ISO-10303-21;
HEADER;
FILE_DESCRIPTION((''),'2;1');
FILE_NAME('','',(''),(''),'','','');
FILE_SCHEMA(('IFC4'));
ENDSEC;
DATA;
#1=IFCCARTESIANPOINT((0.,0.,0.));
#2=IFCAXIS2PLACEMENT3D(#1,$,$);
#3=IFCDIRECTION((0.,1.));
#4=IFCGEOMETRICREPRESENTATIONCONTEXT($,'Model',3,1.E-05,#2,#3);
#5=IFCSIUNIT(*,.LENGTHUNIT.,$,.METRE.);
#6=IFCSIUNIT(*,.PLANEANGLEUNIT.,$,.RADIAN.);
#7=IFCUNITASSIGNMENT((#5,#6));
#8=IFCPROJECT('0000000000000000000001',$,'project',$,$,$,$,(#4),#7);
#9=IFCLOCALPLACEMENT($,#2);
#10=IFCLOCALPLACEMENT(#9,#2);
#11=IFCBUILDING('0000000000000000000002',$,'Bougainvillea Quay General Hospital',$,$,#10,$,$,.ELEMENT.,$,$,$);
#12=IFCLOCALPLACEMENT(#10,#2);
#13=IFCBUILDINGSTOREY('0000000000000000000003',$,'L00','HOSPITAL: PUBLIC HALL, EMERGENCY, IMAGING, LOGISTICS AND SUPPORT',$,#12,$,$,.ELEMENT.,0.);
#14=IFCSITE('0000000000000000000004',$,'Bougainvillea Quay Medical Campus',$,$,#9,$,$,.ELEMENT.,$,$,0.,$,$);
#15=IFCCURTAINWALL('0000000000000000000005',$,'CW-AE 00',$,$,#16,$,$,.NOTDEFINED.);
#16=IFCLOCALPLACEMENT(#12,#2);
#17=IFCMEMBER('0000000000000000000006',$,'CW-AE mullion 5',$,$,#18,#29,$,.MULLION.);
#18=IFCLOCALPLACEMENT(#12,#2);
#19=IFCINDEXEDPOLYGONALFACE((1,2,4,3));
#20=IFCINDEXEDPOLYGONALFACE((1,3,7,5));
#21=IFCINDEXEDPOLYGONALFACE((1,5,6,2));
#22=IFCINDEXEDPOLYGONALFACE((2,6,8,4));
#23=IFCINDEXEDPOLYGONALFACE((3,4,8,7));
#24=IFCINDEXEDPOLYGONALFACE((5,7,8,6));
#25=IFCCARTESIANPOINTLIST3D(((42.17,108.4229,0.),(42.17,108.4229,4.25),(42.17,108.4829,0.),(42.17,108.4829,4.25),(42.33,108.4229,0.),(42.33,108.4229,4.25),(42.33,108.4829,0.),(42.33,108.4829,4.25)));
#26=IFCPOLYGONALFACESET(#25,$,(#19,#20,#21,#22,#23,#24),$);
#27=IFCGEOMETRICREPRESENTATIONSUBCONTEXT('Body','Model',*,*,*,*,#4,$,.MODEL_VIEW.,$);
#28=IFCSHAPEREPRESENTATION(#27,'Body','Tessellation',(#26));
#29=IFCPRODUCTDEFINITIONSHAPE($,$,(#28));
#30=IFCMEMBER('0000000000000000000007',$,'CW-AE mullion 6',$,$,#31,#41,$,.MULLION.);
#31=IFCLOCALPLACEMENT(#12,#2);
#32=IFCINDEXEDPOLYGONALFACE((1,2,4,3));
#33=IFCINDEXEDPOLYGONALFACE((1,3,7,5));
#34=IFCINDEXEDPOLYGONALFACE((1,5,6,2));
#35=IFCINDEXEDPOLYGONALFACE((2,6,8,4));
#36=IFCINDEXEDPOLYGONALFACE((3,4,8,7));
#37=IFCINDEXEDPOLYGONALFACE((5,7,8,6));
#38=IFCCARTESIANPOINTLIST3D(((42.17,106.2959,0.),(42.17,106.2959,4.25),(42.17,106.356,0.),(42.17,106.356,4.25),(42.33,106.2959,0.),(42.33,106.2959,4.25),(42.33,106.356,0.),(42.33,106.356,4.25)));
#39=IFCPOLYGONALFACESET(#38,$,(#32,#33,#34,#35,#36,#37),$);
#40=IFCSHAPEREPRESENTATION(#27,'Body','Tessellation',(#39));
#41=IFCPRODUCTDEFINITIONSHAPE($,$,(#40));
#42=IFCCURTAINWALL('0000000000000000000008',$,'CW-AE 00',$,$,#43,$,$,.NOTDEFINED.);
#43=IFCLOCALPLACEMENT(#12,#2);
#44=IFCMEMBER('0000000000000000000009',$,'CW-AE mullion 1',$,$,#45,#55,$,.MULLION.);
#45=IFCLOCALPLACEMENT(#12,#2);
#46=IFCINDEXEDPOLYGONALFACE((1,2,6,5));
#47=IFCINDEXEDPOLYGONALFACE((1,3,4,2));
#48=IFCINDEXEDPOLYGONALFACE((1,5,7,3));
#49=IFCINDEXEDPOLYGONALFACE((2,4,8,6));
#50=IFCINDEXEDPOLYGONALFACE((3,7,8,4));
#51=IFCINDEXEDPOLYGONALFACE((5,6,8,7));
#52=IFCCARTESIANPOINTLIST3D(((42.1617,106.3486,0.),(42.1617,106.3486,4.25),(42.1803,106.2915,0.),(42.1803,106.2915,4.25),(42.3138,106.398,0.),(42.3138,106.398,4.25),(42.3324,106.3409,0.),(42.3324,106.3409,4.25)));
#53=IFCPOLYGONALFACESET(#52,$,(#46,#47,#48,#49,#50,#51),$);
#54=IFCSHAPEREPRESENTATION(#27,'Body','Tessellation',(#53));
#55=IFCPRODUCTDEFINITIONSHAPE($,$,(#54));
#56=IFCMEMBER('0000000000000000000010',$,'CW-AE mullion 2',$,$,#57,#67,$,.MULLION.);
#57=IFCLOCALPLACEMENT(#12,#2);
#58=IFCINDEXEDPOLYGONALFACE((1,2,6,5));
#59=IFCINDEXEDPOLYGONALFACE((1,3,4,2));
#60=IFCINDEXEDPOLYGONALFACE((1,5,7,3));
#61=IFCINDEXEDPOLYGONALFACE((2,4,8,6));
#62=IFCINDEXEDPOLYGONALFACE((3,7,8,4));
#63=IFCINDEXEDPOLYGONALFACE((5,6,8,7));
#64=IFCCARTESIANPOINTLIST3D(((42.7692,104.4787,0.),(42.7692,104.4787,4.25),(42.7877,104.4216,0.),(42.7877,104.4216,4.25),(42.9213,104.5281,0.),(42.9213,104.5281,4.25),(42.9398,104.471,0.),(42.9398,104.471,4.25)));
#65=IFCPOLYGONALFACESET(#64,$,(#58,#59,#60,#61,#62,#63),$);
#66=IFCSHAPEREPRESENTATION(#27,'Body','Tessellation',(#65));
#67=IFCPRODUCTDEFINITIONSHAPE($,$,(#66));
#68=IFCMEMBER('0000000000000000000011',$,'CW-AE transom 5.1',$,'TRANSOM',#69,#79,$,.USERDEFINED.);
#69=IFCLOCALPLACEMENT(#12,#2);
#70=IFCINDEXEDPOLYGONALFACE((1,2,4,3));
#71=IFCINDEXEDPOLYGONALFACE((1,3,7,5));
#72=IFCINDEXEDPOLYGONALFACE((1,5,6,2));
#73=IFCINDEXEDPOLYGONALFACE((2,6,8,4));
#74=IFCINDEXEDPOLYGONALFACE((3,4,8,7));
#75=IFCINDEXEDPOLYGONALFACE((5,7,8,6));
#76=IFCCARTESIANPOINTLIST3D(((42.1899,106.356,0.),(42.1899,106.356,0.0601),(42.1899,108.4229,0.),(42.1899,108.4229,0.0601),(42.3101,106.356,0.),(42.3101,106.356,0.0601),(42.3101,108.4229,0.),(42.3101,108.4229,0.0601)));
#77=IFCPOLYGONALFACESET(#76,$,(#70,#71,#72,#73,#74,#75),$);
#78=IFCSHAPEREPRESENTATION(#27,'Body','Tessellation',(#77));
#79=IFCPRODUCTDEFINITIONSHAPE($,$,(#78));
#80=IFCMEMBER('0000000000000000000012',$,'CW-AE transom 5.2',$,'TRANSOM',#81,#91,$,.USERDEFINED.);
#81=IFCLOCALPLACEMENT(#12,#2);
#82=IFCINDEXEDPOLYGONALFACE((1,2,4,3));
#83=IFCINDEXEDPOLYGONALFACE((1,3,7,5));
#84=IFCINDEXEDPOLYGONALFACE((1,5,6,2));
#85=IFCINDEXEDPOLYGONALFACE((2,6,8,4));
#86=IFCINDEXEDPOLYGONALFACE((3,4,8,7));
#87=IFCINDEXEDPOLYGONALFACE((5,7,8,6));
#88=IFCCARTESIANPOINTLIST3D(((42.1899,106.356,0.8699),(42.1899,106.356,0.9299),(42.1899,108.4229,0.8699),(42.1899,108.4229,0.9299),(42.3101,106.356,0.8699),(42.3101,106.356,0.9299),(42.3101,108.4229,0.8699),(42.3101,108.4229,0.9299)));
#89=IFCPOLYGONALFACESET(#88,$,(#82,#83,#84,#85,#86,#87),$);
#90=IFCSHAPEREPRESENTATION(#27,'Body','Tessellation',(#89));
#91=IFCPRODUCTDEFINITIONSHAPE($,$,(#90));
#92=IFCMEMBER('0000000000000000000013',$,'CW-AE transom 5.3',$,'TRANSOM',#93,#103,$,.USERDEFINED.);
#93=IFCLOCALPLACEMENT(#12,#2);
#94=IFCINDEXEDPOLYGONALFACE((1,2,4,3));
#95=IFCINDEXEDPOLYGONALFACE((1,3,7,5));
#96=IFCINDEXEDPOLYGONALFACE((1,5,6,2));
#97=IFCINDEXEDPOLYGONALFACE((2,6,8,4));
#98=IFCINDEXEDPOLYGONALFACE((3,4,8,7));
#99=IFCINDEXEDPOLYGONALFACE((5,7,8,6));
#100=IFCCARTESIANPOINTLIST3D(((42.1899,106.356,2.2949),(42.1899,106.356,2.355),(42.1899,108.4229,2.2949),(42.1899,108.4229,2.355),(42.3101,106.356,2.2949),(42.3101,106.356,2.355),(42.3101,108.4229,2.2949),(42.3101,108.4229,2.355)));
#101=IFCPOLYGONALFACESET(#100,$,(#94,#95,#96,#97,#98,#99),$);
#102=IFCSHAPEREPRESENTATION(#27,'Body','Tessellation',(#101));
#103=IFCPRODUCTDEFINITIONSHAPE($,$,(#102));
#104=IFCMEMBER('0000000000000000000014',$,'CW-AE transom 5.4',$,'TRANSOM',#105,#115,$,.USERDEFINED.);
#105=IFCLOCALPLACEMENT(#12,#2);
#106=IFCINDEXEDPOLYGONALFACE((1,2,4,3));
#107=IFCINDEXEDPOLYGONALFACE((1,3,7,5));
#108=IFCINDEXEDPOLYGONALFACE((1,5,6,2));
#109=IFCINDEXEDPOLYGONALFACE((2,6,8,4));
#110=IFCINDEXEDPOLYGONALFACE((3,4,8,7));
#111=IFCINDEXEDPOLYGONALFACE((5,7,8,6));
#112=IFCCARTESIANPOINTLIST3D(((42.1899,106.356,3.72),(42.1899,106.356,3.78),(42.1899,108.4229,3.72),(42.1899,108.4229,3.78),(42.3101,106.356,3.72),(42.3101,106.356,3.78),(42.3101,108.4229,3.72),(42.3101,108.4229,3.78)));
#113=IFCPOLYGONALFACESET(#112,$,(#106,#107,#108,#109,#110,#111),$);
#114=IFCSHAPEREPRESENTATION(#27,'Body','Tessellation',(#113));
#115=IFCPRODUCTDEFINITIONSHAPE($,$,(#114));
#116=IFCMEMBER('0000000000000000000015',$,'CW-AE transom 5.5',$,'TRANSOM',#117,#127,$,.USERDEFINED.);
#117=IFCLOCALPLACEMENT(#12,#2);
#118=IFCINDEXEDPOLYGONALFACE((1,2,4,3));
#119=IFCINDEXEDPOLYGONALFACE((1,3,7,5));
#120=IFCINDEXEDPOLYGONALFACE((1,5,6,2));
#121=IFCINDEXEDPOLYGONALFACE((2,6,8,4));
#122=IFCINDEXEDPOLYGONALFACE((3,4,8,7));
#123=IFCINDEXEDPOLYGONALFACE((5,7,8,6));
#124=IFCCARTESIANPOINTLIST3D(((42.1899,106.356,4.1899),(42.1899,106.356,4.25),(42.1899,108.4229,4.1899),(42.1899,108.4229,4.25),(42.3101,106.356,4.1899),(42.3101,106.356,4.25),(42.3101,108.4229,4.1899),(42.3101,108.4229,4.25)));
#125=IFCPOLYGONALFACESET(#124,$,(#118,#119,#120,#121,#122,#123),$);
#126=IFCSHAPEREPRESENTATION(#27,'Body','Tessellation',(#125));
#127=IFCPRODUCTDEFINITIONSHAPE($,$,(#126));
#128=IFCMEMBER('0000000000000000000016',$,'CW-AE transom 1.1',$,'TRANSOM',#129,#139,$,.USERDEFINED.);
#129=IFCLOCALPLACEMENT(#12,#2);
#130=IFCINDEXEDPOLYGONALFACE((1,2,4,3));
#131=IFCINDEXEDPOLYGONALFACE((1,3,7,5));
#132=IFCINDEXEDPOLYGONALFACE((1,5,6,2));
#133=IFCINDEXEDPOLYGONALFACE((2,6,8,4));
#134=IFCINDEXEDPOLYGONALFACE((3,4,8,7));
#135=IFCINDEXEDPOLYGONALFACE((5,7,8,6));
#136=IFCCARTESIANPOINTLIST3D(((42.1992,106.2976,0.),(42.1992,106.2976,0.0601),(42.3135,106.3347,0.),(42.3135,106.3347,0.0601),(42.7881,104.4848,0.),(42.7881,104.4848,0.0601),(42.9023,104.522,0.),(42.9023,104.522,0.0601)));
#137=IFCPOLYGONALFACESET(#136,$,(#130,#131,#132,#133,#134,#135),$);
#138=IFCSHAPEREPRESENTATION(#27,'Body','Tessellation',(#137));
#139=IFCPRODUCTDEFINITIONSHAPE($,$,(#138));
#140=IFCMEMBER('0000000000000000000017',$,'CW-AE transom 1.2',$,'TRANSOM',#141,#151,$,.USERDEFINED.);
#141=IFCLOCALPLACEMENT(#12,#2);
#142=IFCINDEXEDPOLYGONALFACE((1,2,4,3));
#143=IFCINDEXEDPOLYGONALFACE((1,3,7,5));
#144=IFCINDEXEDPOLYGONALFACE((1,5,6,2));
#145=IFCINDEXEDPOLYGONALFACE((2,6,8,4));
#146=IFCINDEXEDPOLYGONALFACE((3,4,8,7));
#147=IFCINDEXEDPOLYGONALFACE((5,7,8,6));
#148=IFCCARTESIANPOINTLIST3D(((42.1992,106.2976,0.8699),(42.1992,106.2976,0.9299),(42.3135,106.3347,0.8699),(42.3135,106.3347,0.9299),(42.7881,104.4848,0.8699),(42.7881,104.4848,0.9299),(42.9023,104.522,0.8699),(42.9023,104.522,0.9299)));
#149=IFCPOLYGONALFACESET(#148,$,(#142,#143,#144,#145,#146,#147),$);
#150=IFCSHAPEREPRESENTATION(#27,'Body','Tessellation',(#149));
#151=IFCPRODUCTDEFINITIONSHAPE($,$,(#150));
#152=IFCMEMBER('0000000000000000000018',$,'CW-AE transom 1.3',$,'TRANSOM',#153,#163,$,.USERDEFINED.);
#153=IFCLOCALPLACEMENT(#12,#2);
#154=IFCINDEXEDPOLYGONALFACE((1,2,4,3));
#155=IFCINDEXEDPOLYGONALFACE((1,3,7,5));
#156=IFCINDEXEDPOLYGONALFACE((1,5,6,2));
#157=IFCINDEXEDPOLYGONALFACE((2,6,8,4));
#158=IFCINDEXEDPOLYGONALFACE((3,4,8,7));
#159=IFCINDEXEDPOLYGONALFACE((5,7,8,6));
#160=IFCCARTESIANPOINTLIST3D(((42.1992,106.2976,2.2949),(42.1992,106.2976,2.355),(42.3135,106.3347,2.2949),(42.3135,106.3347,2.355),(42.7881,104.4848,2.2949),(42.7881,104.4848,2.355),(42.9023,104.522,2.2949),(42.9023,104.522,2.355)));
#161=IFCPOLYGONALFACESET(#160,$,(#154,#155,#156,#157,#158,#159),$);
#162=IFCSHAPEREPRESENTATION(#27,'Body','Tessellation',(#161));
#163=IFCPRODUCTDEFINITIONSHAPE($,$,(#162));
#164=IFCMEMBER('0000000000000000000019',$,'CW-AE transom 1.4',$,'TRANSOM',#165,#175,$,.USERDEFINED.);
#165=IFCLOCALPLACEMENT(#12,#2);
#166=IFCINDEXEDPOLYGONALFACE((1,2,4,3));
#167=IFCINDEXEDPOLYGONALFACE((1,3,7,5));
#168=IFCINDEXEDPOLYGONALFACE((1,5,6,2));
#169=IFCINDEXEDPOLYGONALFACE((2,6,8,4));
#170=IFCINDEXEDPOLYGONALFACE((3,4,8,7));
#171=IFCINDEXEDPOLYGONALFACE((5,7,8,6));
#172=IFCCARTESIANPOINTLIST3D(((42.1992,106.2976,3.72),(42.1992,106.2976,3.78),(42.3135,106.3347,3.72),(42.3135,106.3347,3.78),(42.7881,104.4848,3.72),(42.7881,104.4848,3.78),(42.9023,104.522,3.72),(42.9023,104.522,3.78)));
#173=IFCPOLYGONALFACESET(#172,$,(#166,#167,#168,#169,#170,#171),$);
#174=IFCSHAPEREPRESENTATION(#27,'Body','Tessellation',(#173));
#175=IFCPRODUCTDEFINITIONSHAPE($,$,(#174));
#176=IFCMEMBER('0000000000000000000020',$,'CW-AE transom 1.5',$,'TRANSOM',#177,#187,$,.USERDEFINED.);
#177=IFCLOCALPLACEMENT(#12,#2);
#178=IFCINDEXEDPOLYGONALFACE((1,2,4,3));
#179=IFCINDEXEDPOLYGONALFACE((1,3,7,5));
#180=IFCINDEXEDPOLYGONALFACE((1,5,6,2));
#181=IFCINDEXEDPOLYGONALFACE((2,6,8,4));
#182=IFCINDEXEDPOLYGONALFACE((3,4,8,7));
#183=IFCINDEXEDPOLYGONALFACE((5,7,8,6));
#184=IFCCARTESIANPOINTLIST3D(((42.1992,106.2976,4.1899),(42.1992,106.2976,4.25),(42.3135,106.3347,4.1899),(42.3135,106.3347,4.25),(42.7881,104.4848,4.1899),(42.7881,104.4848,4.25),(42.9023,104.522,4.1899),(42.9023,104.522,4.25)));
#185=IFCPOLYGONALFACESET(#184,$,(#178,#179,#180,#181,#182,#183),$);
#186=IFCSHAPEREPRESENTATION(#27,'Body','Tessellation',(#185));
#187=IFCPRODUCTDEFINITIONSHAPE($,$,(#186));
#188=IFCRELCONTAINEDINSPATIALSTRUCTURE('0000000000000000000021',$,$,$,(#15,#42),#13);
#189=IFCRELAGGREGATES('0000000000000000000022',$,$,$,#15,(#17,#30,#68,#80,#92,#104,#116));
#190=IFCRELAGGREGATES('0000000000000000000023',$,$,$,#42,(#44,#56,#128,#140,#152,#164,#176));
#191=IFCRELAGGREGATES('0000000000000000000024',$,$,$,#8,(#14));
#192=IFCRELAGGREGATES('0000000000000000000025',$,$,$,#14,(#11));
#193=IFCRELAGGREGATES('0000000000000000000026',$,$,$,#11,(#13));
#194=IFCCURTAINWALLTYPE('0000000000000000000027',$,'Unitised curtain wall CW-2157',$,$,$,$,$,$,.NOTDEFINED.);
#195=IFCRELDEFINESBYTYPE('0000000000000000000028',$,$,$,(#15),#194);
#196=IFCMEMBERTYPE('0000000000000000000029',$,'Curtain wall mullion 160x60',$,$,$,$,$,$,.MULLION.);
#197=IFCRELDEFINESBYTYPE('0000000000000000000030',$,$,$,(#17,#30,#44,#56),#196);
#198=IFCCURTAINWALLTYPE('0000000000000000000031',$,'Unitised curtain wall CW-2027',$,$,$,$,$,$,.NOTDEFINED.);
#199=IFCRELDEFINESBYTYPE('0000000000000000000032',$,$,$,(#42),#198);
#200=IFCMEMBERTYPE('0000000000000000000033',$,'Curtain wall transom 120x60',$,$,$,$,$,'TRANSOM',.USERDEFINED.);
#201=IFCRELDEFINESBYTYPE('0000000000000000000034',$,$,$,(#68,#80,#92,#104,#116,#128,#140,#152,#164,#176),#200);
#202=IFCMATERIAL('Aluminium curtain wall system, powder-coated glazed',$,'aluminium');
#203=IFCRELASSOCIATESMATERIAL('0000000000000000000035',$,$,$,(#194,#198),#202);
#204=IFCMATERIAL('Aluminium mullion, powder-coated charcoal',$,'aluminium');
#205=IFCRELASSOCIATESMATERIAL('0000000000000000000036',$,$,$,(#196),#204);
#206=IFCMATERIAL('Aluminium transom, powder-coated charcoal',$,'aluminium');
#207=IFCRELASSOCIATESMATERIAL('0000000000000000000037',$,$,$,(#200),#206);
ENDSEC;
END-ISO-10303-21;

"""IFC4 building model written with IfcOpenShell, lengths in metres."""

from ifc_helpers import new_model, si_unit, direction, frame, origin, origin_2d, place, context, subcontext, project, spatial, rectangle, extrude, material, material_profile, profile_set, type_object, element, aggregate, save


model = new_model("IFC4")

# Units and contexts
model_context = context("Model", 3, precision=1e-05, world=origin(), true_north=direction((0.0, 1.0)))
body_context = subcontext(model_context, "Body", "Model", "MODEL_VIEW")
ifc_project = project(units=[si_unit("LENGTHUNIT", "METRE"), si_unit("PLANEANGLEUNIT", "RADIAN")], contexts=[model_context])

# Site, building, storey
site_placement = place(None, origin())
site = spatial("IfcSite", under=ifc_project, at=site_placement, Name="Bougainvillea Quay Medical Campus", CompositionType="ELEMENT", RefElevation=0.0)
building_placement = place(site_placement, origin())
building = spatial("IfcBuilding", under=site, at=building_placement, Name="Bougainvillea Quay General Hospital", CompositionType="ELEMENT")
storey_placement = place(building_placement, origin())
storey = spatial("IfcBuildingStorey", under=building, at=storey_placement, Name="L00", Description="HOSPITAL: PUBLIC HALL, EMERGENCY, IMAGING, LOGISTICS AND SUPPORT", CompositionType="ELEMENT", Elevation=0.0)

# Curtain walls, members
ifc_material_1 = material(Name="Aluminium curtain wall system, powder-coated glazed", Category="aluminium")
curtain_wall_type_1 = type_object("IfcCurtainWallType", Name="Unitised curtain wall CW-2157", PredefinedType="NOTDEFINED", material=ifc_material_1)
curtain_wall_1_placement = place(storey_placement, origin())
curtain_wall_1 = element("IfcCurtainWall", 1, at=curtain_wall_1_placement, inside=storey, type_object=curtain_wall_type_1, Name="CW-AE 00", PredefinedType="NOTDEFINED")
ifc_material_2 = material(Name="Aluminium mullion, powder-coated charcoal", Category="aluminium")
ifc_material_profile_1 = material_profile(ifc_material_2, rectangle(XDim=0.1599, YDim=0.0601, at=origin_2d()))
ifc_profile_set_1 = profile_set([ifc_material_profile_1], Name="Aluminium mullion, powder-coated charcoal")
member_type_1 = type_object("IfcMemberType", Name="Curtain wall mullion 160x60", PredefinedType="MULLION", material=ifc_profile_set_1)
member_1_placement = place(storey_placement, frame((42.25, 108.4529, 0.0), z_axis=(0.0, 0.0, 1.0), x_axis=(1.0, 0.0, 0.0)))
member_1 = element("IfcMember", 2, at=member_1_placement, type_object=member_type_1, Name="CW-AE mullion 5", PredefinedType="MULLION", context=body_context, shape_type="SweptSolid", body=[
    extrude(rectangle(XDim=0.1599, YDim=0.0601, at=origin_2d()), origin(), (0.0, 0.0, 1.0), 4.25),
])
member_2_placement = place(storey_placement, frame((42.25, 106.3259, 0.0), z_axis=(0.0, 0.0, 1.0), x_axis=(1.0, 0.0, 0.0)))
member_2 = element("IfcMember", 3, at=member_2_placement, type_object=member_type_1, Name="CW-AE mullion 6", PredefinedType="MULLION", context=body_context, shape_type="SweptSolid", body=[
    extrude(rectangle(XDim=0.1599, YDim=0.0601, at=origin_2d()), origin(), (0.0, 0.0, 1.0), 4.25),
])
curtain_wall_type_2 = type_object("IfcCurtainWallType", Name="Unitised curtain wall CW-2027", PredefinedType="NOTDEFINED", material=ifc_material_1)
curtain_wall_2_placement = place(storey_placement, origin())
curtain_wall_2 = element("IfcCurtainWall", 4, at=curtain_wall_2_placement, inside=storey, type_object=curtain_wall_type_2, Name="CW-AE 00", PredefinedType="NOTDEFINED")
member_3_placement = place(storey_placement, frame((42.2471, 106.3447, 0.0), z_axis=(0.0, 0.0, 1.0), x_axis=(0.951074, 0.308963, 0.0)))
member_3 = element("IfcMember", 5, at=member_3_placement, type_object=member_type_1, Name="CW-AE mullion 1", PredefinedType="MULLION", context=body_context, shape_type="SweptSolid", body=[
    extrude(rectangle(XDim=0.1599, YDim=0.0601, at=origin_2d()), origin(), (0.0, 0.0, 1.0), 4.25),
])
member_4_placement = place(storey_placement, frame((42.8545, 104.4749, 0.0), z_axis=(0.0, 0.0, 1.0), x_axis=(0.951074, 0.308963, 0.0)))
member_4 = element("IfcMember", 6, at=member_4_placement, type_object=member_type_1, Name="CW-AE mullion 2", PredefinedType="MULLION", context=body_context, shape_type="SweptSolid", body=[
    extrude(rectangle(XDim=0.1599, YDim=0.0601, at=origin_2d()), origin(), (0.0, 0.0, 1.0), 4.25),
])

# Members
ifc_material_3 = material(Name="Aluminium transom, powder-coated charcoal", Category="aluminium")
ifc_material_profile_2 = material_profile(ifc_material_3, rectangle(XDim=0.1201, YDim=0.0601, at=origin_2d()))
ifc_profile_set_2 = profile_set([ifc_material_profile_2], Name="Aluminium transom, powder-coated charcoal")
member_type_2 = type_object("IfcMemberType", Name="Curtain wall transom 120x60", ElementType="TRANSOM", PredefinedType="USERDEFINED", material=ifc_profile_set_2)
member_5_placement = place(storey_placement, frame((42.25, 108.4229, 0.03), z_axis=(0.0, -1.0, 0.0), x_axis=(1.0, 0.0, 0.0)))
member_5 = element("IfcMember", 7, at=member_5_placement, type_object=member_type_2, Name="CW-AE transom 5.1", ObjectType="TRANSOM", PredefinedType="USERDEFINED", context=body_context, shape_type="SweptSolid", body=[
    extrude(rectangle(XDim=0.1201, YDim=0.0601, at=origin_2d()), origin(), (0.0, 0.0, 1.0), 2.0669),
])
member_6_placement = place(storey_placement, frame((42.25, 108.4229, 0.8999), z_axis=(0.0, -1.0, 0.0), x_axis=(1.0, 0.0, 0.0)))
member_6 = element("IfcMember", 8, at=member_6_placement, type_object=member_type_2, Name="CW-AE transom 5.2", ObjectType="TRANSOM", PredefinedType="USERDEFINED", context=body_context, shape_type="SweptSolid", body=[
    extrude(rectangle(XDim=0.1201, YDim=0.0601, at=origin_2d()), origin(), (0.0, 0.0, 1.0), 2.0669),
])
member_7_placement = place(storey_placement, frame((42.25, 108.4229, 2.325), z_axis=(0.0, -1.0, 0.0), x_axis=(1.0, 0.0, 0.0)))
member_7 = element("IfcMember", 9, at=member_7_placement, type_object=member_type_2, Name="CW-AE transom 5.3", ObjectType="TRANSOM", PredefinedType="USERDEFINED", context=body_context, shape_type="SweptSolid", body=[
    extrude(rectangle(XDim=0.1201, YDim=0.0601, at=origin_2d()), origin(), (0.0, 0.0, 1.0), 2.0669),
])
member_8_placement = place(storey_placement, frame((42.25, 108.4229, 3.75), z_axis=(0.0, -1.0, 0.0), x_axis=(1.0, 0.0, 0.0)))
member_8 = element("IfcMember", 10, at=member_8_placement, type_object=member_type_2, Name="CW-AE transom 5.4", ObjectType="TRANSOM", PredefinedType="USERDEFINED", context=body_context, shape_type="SweptSolid", body=[
    extrude(rectangle(XDim=0.1201, YDim=0.0601, at=origin_2d()), origin(), (0.0, 0.0, 1.0), 2.0669),
])
member_9_placement = place(storey_placement, frame((42.25, 108.4229, 4.22), z_axis=(0.0, -1.0, 0.0), x_axis=(1.0, 0.0, 0.0)))
member_9 = element("IfcMember", 11, at=member_9_placement, type_object=member_type_2, Name="CW-AE transom 5.5", ObjectType="TRANSOM", PredefinedType="USERDEFINED", context=body_context, shape_type="SweptSolid", body=[
    extrude(rectangle(XDim=0.1201, YDim=0.0601, at=origin_2d()), origin(), (0.0, 0.0, 1.0), 2.0669),
])
member_10_placement = place(storey_placement, frame((42.2563, 106.3162, 0.03), z_axis=(0.308956, -0.951076, 0.0), x_axis=(0.951076, 0.308956, 0.0)))
member_10 = element("IfcMember", 12, at=member_10_placement, type_object=member_type_2, Name="CW-AE transom 1.1", ObjectType="TRANSOM", PredefinedType="USERDEFINED", context=body_context, shape_type="SweptSolid", body=[
    extrude(rectangle(XDim=0.1201, YDim=0.0601, at=origin_2d()), origin(), (0.0, 0.0, 1.0), 1.906),
])
member_11_placement = place(storey_placement, frame((42.2563, 106.3162, 0.8999), z_axis=(0.308956, -0.951076, 0.0), x_axis=(0.951076, 0.308956, 0.0)))
member_11 = element("IfcMember", 13, at=member_11_placement, type_object=member_type_2, Name="CW-AE transom 1.2", ObjectType="TRANSOM", PredefinedType="USERDEFINED", context=body_context, shape_type="SweptSolid", body=[
    extrude(rectangle(XDim=0.1201, YDim=0.0601, at=origin_2d()), origin(), (0.0, 0.0, 1.0), 1.906),
])
member_12_placement = place(storey_placement, frame((42.2563, 106.3162, 2.325), z_axis=(0.308956, -0.951076, 0.0), x_axis=(0.951076, 0.308956, 0.0)))
member_12 = element("IfcMember", 14, at=member_12_placement, type_object=member_type_2, Name="CW-AE transom 1.3", ObjectType="TRANSOM", PredefinedType="USERDEFINED", context=body_context, shape_type="SweptSolid", body=[
    extrude(rectangle(XDim=0.1201, YDim=0.0601, at=origin_2d()), origin(), (0.0, 0.0, 1.0), 1.906),
])
member_13_placement = place(storey_placement, frame((42.2563, 106.3162, 3.75), z_axis=(0.308956, -0.951076, 0.0), x_axis=(0.951076, 0.308956, 0.0)))
member_13 = element("IfcMember", 15, at=member_13_placement, type_object=member_type_2, Name="CW-AE transom 1.4", ObjectType="TRANSOM", PredefinedType="USERDEFINED", context=body_context, shape_type="SweptSolid", body=[
    extrude(rectangle(XDim=0.1201, YDim=0.0601, at=origin_2d()), origin(), (0.0, 0.0, 1.0), 1.906),
])
member_14_placement = place(storey_placement, frame((42.2563, 106.3162, 4.22), z_axis=(0.308956, -0.951076, 0.0), x_axis=(0.951076, 0.308956, 0.0)))
member_14 = element("IfcMember", 16, at=member_14_placement, type_object=member_type_2, Name="CW-AE transom 1.5", ObjectType="TRANSOM", PredefinedType="USERDEFINED", context=body_context, shape_type="SweptSolid", body=[
    extrude(rectangle(XDim=0.1201, YDim=0.0601, at=origin_2d()), origin(), (0.0, 0.0, 1.0), 1.906),
])

aggregate(curtain_wall_1, [member_1, member_2, member_5, member_6, member_7, member_8, member_9])
aggregate(curtain_wall_2, [member_3, member_4, member_10, member_11, member_12, member_13, member_14])

save(model, "model.ifc")
